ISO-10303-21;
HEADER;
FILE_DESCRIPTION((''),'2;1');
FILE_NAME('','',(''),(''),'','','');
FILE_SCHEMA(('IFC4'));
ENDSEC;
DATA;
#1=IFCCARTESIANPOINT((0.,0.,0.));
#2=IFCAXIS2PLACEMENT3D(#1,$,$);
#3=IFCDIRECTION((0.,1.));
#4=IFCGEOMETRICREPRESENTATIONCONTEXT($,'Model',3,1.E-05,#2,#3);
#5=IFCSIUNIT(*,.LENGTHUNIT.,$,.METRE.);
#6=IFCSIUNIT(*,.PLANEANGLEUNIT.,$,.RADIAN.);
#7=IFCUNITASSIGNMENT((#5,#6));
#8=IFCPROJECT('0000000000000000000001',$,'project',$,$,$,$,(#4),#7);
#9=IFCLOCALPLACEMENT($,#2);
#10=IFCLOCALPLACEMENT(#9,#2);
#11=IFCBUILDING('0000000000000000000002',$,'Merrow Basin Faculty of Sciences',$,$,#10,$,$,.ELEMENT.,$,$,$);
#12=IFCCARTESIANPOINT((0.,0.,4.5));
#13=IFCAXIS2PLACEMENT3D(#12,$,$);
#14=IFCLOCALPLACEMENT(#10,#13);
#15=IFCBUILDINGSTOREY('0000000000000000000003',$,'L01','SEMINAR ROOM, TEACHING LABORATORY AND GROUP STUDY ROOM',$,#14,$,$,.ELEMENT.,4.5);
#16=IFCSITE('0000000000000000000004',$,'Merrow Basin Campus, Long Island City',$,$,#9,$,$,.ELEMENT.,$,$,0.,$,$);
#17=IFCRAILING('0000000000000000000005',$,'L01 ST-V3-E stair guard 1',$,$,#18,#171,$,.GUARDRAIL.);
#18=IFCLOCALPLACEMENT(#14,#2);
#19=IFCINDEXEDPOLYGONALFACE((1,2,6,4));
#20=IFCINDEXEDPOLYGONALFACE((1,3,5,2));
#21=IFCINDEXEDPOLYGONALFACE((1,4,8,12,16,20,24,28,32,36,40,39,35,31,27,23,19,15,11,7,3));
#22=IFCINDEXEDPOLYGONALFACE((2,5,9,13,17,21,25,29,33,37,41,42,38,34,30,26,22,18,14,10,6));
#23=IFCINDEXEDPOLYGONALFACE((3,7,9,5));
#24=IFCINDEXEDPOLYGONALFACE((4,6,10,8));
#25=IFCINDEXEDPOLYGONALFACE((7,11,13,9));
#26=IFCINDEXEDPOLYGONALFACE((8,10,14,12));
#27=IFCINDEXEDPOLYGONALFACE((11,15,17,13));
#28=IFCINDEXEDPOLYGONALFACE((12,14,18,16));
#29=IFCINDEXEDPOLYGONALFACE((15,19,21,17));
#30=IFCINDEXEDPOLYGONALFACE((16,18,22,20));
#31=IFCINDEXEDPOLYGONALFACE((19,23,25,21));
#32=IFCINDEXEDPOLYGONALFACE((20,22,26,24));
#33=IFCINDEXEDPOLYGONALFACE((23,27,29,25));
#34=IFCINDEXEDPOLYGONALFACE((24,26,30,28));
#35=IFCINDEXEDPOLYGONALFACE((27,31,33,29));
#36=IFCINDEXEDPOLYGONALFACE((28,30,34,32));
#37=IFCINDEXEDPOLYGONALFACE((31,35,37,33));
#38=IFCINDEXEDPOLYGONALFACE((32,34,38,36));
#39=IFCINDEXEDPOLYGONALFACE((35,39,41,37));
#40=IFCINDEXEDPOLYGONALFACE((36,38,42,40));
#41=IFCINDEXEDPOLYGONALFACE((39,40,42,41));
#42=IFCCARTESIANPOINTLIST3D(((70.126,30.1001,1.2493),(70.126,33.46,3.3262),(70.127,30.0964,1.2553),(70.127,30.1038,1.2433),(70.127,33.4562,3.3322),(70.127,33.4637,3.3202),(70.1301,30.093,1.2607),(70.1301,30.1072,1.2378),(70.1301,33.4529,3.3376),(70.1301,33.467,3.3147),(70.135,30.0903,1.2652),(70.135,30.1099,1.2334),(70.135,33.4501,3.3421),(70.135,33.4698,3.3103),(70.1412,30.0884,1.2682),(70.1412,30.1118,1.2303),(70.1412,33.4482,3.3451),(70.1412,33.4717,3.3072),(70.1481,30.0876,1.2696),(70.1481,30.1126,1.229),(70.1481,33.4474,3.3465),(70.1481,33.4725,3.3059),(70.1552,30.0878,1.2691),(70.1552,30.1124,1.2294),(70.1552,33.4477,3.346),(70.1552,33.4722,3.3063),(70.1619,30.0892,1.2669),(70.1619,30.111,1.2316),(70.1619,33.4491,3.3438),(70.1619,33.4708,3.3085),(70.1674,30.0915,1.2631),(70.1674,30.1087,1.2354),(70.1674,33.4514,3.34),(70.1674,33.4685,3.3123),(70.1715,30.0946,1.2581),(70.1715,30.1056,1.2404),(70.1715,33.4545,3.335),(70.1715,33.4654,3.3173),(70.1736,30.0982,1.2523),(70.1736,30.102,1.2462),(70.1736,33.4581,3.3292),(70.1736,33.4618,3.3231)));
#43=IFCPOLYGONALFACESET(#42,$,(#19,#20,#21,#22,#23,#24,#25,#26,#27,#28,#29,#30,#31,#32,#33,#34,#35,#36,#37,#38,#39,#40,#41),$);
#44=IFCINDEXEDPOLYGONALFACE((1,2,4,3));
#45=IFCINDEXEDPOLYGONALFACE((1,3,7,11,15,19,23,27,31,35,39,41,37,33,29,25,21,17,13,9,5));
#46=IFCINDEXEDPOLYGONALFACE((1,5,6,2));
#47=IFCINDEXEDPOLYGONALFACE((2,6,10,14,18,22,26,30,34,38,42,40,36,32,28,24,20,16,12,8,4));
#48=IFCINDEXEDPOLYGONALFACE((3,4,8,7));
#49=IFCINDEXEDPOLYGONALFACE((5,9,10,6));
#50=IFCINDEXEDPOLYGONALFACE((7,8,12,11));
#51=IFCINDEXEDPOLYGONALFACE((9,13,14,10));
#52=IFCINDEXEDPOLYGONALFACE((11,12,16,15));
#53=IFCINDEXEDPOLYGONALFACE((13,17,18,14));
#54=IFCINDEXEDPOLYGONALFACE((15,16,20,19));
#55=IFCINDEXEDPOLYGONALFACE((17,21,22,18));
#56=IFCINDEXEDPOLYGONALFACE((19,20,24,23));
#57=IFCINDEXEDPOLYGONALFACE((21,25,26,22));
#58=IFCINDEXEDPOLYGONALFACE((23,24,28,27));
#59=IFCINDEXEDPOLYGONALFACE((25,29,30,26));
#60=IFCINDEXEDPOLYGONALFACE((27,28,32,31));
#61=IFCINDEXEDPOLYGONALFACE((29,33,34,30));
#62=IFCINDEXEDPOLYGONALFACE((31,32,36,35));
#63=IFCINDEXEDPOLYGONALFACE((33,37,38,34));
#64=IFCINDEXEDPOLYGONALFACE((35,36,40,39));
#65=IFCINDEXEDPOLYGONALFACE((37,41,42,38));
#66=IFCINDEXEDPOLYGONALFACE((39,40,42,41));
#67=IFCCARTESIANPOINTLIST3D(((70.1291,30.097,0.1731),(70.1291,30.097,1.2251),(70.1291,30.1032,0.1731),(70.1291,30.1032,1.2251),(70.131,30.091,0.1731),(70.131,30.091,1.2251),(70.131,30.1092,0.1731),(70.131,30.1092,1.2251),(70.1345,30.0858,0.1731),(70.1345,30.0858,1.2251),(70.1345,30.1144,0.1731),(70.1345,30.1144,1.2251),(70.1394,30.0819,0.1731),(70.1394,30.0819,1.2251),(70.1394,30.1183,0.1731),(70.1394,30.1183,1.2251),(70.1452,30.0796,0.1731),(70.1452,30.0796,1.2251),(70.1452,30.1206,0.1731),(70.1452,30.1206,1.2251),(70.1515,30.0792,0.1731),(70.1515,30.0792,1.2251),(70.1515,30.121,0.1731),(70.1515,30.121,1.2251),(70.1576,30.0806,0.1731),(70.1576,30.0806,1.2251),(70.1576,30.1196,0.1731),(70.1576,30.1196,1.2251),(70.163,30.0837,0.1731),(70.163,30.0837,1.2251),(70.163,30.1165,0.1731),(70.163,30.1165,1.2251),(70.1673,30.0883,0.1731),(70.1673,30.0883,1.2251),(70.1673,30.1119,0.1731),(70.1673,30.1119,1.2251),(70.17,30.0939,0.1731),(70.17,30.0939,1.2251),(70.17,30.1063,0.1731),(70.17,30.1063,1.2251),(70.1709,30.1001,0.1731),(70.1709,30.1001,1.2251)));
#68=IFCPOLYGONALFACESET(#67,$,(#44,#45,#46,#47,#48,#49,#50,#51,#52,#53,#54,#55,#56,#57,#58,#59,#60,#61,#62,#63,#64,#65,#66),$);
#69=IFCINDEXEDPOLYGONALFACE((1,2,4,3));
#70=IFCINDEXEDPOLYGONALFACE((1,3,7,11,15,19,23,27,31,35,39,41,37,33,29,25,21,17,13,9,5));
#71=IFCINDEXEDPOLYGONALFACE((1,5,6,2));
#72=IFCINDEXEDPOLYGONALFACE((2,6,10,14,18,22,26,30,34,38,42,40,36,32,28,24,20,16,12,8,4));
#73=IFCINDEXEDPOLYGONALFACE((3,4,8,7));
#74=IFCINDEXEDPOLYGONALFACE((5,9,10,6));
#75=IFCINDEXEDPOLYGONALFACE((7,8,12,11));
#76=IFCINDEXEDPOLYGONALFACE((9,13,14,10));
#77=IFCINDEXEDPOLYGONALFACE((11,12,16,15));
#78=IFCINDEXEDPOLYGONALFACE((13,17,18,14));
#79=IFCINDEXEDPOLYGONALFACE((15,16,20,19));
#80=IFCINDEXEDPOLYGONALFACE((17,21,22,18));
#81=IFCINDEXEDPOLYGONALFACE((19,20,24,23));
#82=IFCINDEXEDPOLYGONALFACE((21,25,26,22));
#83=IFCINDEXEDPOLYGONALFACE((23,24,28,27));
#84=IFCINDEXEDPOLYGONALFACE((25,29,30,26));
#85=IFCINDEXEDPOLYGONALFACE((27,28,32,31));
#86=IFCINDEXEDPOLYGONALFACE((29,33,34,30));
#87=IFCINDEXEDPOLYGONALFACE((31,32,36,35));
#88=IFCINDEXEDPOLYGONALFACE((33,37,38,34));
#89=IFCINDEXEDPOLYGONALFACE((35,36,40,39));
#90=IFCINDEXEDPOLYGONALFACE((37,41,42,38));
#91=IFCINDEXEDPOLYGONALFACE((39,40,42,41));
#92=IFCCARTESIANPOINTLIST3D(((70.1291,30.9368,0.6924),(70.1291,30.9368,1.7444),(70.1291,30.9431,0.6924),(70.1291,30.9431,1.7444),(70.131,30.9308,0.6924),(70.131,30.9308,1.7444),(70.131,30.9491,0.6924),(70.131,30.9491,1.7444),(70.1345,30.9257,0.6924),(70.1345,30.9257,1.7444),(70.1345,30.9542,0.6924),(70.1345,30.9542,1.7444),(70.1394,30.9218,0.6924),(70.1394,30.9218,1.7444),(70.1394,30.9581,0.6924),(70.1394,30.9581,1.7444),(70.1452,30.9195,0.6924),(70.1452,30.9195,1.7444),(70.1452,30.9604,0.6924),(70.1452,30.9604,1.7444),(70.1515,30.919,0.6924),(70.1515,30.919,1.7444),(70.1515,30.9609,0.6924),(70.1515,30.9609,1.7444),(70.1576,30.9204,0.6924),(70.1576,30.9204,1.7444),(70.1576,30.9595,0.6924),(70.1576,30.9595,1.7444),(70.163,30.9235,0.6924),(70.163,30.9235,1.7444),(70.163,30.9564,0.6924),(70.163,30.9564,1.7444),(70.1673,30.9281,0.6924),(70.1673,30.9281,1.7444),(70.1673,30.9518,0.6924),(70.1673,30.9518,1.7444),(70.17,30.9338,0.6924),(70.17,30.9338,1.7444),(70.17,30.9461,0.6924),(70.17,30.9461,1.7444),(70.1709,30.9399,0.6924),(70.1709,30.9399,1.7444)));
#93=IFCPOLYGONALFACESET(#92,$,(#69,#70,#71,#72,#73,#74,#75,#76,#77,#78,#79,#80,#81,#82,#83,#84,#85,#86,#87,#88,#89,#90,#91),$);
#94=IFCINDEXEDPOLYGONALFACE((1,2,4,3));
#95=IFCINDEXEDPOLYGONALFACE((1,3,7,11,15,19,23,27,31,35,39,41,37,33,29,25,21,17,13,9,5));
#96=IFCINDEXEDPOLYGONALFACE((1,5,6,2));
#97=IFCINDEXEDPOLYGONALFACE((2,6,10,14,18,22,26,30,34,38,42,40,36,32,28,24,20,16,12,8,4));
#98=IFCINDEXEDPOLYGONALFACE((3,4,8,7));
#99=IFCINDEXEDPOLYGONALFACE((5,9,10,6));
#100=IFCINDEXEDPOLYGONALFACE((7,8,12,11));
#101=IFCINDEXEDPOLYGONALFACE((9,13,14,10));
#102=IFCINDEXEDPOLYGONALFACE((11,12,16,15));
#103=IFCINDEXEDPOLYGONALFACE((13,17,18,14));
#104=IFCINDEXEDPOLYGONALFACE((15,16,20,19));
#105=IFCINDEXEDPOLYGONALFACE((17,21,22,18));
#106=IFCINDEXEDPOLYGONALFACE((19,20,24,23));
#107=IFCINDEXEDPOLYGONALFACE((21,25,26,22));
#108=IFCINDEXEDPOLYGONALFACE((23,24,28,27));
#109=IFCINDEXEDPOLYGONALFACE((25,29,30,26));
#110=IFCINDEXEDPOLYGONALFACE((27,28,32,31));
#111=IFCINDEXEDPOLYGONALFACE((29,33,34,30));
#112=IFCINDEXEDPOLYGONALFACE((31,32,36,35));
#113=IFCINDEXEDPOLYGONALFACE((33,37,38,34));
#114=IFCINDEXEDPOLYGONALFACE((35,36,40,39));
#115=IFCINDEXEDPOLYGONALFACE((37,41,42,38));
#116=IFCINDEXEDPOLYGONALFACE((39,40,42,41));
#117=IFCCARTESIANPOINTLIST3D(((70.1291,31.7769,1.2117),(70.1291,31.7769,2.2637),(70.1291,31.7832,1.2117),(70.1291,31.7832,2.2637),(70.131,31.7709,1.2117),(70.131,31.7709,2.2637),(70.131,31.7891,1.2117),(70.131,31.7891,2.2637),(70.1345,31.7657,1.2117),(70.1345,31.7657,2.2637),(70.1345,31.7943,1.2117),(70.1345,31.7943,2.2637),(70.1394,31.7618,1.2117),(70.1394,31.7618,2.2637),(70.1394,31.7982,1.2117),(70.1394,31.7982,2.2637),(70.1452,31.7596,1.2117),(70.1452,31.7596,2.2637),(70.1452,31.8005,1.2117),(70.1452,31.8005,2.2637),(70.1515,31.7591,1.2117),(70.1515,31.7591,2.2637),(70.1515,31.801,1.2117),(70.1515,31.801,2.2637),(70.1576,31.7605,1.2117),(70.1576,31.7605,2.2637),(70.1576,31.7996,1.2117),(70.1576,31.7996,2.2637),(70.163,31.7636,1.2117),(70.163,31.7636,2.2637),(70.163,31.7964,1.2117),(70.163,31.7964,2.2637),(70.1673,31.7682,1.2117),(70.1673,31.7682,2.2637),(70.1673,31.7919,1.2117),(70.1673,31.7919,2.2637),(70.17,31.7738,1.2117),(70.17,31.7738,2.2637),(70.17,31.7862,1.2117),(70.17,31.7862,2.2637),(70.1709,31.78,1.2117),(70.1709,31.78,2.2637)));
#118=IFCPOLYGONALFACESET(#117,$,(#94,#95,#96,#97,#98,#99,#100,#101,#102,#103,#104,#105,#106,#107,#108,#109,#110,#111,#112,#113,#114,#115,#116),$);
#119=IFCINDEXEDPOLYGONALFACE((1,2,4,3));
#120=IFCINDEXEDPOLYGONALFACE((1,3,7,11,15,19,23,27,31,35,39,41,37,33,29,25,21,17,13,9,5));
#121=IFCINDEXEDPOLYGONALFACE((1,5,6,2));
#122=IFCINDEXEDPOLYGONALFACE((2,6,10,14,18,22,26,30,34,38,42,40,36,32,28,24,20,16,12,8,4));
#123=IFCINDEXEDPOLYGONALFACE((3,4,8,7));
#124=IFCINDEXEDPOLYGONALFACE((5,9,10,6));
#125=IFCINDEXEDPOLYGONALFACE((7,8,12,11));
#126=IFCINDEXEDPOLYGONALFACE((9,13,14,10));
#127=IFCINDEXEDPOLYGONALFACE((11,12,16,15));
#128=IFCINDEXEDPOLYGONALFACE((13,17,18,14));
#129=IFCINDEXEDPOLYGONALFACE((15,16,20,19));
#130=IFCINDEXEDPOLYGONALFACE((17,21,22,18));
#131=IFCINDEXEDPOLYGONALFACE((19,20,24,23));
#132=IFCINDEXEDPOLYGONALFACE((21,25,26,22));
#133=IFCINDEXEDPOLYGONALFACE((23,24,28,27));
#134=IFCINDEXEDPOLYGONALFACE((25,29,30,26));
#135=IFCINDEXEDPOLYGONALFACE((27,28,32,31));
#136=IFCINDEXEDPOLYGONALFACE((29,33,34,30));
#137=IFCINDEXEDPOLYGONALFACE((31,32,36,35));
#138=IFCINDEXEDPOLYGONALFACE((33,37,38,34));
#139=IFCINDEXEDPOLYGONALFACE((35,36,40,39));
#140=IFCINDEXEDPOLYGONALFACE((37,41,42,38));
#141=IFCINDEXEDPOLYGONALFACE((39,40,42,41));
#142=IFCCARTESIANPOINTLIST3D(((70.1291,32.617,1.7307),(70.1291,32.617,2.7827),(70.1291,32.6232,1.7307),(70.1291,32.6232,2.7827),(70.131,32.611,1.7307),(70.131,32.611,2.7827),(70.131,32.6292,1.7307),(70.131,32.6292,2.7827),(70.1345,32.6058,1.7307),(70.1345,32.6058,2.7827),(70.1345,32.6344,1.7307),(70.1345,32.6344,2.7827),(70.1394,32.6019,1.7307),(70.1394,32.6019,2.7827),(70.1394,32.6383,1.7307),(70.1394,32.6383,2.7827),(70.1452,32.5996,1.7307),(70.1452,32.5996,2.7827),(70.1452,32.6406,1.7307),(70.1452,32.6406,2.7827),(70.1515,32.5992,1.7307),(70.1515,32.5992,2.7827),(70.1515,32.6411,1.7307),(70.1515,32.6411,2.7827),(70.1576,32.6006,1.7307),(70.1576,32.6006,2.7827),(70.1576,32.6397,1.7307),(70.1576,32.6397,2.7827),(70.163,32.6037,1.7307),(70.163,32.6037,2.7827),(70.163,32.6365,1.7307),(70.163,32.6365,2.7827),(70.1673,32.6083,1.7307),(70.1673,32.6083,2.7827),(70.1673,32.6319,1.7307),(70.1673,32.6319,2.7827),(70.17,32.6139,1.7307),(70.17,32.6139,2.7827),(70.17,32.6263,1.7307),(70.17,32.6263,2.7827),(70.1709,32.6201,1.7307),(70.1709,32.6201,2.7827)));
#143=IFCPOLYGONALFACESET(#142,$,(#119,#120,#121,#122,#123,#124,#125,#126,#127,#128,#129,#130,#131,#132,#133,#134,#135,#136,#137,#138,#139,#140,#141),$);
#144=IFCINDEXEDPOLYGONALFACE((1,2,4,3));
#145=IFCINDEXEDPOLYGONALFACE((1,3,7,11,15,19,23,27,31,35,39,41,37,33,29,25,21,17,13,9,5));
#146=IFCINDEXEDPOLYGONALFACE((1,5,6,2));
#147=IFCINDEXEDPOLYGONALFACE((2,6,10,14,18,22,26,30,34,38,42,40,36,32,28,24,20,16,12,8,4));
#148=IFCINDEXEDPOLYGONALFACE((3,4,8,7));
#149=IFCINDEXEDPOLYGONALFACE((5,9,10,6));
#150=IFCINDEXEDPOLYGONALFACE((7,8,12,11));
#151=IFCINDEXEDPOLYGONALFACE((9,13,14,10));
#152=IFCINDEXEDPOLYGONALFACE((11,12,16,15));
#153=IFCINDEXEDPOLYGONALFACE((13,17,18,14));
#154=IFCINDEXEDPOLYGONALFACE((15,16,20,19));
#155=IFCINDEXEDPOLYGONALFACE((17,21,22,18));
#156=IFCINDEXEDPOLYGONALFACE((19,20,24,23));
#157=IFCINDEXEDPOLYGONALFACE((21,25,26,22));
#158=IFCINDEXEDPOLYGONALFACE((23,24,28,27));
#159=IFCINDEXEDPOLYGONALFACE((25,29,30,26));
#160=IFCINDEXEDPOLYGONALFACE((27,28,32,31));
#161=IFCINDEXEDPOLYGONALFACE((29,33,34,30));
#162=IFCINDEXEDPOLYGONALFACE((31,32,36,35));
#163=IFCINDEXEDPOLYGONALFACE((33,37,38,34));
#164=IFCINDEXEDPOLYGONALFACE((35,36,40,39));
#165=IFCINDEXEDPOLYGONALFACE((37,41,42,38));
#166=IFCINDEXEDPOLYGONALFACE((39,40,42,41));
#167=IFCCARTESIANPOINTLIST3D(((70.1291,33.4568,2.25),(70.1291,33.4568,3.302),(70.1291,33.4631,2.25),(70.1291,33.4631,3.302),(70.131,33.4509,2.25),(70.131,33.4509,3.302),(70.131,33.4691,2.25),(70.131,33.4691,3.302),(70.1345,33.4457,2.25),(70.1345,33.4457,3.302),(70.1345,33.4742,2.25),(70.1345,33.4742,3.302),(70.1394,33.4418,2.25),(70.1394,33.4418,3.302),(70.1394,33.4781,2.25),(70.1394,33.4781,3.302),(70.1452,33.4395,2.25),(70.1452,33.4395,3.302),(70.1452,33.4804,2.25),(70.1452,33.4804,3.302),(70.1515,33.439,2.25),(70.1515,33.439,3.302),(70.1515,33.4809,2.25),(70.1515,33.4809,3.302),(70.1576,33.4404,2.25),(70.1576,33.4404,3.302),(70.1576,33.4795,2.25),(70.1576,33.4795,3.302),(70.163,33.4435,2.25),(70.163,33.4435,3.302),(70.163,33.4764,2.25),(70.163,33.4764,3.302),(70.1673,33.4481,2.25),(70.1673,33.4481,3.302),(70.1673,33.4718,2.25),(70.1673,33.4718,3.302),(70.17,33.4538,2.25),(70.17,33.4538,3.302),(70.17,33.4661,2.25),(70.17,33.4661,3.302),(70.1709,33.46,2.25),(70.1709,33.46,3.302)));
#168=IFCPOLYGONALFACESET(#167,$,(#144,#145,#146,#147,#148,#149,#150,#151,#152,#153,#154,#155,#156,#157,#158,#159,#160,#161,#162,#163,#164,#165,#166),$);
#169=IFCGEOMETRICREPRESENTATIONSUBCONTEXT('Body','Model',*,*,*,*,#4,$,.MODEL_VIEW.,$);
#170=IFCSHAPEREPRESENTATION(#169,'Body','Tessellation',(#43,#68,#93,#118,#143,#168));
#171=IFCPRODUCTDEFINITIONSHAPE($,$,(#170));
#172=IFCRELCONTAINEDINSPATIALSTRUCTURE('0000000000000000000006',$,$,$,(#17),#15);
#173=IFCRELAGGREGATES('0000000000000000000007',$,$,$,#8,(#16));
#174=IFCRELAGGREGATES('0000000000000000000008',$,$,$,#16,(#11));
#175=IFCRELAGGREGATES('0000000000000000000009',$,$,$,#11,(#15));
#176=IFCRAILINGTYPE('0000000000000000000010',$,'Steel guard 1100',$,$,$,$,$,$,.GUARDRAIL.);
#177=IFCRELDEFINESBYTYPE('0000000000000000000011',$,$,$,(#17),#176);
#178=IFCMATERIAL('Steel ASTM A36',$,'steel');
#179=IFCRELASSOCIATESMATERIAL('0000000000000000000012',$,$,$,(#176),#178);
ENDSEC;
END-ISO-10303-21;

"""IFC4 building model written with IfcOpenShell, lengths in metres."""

from ifc_helpers import new_model, si_unit, direction, frame, origin, origin_2d, place, context, subcontext, project, spatial, circle, extrude, material, type_object, element, save


model = new_model("IFC4")

# Units and contexts
model_context = context("Model", 3, precision=1e-05, world=origin(), true_north=direction((0.0, 1.0)))
body_context = subcontext(model_context, "Body", "Model", "MODEL_VIEW")
ifc_project = project(units=[si_unit("LENGTHUNIT", "METRE"), si_unit("PLANEANGLEUNIT", "RADIAN")], contexts=[model_context])

# Site, building, storey
site_placement = place(None, origin())
site = spatial("IfcSite", under=ifc_project, at=site_placement, Name="Merrow Basin Campus, Long Island City", CompositionType="ELEMENT", RefElevation=0.0)
building_placement = place(site_placement, origin())
building = spatial("IfcBuilding", under=site, at=building_placement, Name="Merrow Basin Faculty of Sciences", CompositionType="ELEMENT")
storey_placement = place(building_placement, frame((0.0, 0.0, 4.5)))
storey = spatial("IfcBuildingStorey", under=building, at=storey_placement, Name="L01", Description="SEMINAR ROOM, TEACHING LABORATORY AND GROUP STUDY ROOM", CompositionType="ELEMENT", Elevation=4.5)

# Railing
ifc_material_1 = material(Name="Steel ASTM A36", Category="steel")
railing_type_1 = type_object("IfcRailingType", Name="Steel guard 1100", PredefinedType="GUARDRAIL", material=ifc_material_1)
railing_1_placement = place(storey_placement, frame((70.1499, 30.1001, 0.1731)))
element("IfcRailing", 1, at=railing_1_placement, inside=storey, type_object=railing_type_1, Name="L01 ST-V3-E stair guard 1", PredefinedType="GUARDRAIL", context=body_context, shape_type="SweptSolid", body=[
    extrude(circle(Radius=0.0239, at=origin_2d()), frame((0.0, 0.0, 1.0762), z_axis=(0.0, 0.850606, 0.525803), x_axis=(-1.0, 0.0, 0.0)), (0.0, 0.0, 1.0), 3.95),
    extrude(circle(Radius=0.021, at=origin_2d()), origin(), (0.0, 0.0, 1.0), 1.052),
    extrude(circle(Radius=0.021, at=origin_2d()), frame((0.0, 0.8398, 0.5193)), (0.0, 0.0, 1.0), 1.052),
    extrude(circle(Radius=0.021, at=origin_2d()), frame((0.0, 1.6799, 1.0386)), (0.0, 0.0, 1.0), 1.052),
    extrude(circle(Radius=0.021, at=origin_2d()), frame((0.0, 2.52, 1.5576)), (0.0, 0.0, 1.0), 1.052),
    extrude(circle(Radius=0.021, at=origin_2d()), frame((0.0, 3.3599, 2.0769)), (0.0, 0.0, 1.0), 1.052),
])

save(model, "model.ifc")
